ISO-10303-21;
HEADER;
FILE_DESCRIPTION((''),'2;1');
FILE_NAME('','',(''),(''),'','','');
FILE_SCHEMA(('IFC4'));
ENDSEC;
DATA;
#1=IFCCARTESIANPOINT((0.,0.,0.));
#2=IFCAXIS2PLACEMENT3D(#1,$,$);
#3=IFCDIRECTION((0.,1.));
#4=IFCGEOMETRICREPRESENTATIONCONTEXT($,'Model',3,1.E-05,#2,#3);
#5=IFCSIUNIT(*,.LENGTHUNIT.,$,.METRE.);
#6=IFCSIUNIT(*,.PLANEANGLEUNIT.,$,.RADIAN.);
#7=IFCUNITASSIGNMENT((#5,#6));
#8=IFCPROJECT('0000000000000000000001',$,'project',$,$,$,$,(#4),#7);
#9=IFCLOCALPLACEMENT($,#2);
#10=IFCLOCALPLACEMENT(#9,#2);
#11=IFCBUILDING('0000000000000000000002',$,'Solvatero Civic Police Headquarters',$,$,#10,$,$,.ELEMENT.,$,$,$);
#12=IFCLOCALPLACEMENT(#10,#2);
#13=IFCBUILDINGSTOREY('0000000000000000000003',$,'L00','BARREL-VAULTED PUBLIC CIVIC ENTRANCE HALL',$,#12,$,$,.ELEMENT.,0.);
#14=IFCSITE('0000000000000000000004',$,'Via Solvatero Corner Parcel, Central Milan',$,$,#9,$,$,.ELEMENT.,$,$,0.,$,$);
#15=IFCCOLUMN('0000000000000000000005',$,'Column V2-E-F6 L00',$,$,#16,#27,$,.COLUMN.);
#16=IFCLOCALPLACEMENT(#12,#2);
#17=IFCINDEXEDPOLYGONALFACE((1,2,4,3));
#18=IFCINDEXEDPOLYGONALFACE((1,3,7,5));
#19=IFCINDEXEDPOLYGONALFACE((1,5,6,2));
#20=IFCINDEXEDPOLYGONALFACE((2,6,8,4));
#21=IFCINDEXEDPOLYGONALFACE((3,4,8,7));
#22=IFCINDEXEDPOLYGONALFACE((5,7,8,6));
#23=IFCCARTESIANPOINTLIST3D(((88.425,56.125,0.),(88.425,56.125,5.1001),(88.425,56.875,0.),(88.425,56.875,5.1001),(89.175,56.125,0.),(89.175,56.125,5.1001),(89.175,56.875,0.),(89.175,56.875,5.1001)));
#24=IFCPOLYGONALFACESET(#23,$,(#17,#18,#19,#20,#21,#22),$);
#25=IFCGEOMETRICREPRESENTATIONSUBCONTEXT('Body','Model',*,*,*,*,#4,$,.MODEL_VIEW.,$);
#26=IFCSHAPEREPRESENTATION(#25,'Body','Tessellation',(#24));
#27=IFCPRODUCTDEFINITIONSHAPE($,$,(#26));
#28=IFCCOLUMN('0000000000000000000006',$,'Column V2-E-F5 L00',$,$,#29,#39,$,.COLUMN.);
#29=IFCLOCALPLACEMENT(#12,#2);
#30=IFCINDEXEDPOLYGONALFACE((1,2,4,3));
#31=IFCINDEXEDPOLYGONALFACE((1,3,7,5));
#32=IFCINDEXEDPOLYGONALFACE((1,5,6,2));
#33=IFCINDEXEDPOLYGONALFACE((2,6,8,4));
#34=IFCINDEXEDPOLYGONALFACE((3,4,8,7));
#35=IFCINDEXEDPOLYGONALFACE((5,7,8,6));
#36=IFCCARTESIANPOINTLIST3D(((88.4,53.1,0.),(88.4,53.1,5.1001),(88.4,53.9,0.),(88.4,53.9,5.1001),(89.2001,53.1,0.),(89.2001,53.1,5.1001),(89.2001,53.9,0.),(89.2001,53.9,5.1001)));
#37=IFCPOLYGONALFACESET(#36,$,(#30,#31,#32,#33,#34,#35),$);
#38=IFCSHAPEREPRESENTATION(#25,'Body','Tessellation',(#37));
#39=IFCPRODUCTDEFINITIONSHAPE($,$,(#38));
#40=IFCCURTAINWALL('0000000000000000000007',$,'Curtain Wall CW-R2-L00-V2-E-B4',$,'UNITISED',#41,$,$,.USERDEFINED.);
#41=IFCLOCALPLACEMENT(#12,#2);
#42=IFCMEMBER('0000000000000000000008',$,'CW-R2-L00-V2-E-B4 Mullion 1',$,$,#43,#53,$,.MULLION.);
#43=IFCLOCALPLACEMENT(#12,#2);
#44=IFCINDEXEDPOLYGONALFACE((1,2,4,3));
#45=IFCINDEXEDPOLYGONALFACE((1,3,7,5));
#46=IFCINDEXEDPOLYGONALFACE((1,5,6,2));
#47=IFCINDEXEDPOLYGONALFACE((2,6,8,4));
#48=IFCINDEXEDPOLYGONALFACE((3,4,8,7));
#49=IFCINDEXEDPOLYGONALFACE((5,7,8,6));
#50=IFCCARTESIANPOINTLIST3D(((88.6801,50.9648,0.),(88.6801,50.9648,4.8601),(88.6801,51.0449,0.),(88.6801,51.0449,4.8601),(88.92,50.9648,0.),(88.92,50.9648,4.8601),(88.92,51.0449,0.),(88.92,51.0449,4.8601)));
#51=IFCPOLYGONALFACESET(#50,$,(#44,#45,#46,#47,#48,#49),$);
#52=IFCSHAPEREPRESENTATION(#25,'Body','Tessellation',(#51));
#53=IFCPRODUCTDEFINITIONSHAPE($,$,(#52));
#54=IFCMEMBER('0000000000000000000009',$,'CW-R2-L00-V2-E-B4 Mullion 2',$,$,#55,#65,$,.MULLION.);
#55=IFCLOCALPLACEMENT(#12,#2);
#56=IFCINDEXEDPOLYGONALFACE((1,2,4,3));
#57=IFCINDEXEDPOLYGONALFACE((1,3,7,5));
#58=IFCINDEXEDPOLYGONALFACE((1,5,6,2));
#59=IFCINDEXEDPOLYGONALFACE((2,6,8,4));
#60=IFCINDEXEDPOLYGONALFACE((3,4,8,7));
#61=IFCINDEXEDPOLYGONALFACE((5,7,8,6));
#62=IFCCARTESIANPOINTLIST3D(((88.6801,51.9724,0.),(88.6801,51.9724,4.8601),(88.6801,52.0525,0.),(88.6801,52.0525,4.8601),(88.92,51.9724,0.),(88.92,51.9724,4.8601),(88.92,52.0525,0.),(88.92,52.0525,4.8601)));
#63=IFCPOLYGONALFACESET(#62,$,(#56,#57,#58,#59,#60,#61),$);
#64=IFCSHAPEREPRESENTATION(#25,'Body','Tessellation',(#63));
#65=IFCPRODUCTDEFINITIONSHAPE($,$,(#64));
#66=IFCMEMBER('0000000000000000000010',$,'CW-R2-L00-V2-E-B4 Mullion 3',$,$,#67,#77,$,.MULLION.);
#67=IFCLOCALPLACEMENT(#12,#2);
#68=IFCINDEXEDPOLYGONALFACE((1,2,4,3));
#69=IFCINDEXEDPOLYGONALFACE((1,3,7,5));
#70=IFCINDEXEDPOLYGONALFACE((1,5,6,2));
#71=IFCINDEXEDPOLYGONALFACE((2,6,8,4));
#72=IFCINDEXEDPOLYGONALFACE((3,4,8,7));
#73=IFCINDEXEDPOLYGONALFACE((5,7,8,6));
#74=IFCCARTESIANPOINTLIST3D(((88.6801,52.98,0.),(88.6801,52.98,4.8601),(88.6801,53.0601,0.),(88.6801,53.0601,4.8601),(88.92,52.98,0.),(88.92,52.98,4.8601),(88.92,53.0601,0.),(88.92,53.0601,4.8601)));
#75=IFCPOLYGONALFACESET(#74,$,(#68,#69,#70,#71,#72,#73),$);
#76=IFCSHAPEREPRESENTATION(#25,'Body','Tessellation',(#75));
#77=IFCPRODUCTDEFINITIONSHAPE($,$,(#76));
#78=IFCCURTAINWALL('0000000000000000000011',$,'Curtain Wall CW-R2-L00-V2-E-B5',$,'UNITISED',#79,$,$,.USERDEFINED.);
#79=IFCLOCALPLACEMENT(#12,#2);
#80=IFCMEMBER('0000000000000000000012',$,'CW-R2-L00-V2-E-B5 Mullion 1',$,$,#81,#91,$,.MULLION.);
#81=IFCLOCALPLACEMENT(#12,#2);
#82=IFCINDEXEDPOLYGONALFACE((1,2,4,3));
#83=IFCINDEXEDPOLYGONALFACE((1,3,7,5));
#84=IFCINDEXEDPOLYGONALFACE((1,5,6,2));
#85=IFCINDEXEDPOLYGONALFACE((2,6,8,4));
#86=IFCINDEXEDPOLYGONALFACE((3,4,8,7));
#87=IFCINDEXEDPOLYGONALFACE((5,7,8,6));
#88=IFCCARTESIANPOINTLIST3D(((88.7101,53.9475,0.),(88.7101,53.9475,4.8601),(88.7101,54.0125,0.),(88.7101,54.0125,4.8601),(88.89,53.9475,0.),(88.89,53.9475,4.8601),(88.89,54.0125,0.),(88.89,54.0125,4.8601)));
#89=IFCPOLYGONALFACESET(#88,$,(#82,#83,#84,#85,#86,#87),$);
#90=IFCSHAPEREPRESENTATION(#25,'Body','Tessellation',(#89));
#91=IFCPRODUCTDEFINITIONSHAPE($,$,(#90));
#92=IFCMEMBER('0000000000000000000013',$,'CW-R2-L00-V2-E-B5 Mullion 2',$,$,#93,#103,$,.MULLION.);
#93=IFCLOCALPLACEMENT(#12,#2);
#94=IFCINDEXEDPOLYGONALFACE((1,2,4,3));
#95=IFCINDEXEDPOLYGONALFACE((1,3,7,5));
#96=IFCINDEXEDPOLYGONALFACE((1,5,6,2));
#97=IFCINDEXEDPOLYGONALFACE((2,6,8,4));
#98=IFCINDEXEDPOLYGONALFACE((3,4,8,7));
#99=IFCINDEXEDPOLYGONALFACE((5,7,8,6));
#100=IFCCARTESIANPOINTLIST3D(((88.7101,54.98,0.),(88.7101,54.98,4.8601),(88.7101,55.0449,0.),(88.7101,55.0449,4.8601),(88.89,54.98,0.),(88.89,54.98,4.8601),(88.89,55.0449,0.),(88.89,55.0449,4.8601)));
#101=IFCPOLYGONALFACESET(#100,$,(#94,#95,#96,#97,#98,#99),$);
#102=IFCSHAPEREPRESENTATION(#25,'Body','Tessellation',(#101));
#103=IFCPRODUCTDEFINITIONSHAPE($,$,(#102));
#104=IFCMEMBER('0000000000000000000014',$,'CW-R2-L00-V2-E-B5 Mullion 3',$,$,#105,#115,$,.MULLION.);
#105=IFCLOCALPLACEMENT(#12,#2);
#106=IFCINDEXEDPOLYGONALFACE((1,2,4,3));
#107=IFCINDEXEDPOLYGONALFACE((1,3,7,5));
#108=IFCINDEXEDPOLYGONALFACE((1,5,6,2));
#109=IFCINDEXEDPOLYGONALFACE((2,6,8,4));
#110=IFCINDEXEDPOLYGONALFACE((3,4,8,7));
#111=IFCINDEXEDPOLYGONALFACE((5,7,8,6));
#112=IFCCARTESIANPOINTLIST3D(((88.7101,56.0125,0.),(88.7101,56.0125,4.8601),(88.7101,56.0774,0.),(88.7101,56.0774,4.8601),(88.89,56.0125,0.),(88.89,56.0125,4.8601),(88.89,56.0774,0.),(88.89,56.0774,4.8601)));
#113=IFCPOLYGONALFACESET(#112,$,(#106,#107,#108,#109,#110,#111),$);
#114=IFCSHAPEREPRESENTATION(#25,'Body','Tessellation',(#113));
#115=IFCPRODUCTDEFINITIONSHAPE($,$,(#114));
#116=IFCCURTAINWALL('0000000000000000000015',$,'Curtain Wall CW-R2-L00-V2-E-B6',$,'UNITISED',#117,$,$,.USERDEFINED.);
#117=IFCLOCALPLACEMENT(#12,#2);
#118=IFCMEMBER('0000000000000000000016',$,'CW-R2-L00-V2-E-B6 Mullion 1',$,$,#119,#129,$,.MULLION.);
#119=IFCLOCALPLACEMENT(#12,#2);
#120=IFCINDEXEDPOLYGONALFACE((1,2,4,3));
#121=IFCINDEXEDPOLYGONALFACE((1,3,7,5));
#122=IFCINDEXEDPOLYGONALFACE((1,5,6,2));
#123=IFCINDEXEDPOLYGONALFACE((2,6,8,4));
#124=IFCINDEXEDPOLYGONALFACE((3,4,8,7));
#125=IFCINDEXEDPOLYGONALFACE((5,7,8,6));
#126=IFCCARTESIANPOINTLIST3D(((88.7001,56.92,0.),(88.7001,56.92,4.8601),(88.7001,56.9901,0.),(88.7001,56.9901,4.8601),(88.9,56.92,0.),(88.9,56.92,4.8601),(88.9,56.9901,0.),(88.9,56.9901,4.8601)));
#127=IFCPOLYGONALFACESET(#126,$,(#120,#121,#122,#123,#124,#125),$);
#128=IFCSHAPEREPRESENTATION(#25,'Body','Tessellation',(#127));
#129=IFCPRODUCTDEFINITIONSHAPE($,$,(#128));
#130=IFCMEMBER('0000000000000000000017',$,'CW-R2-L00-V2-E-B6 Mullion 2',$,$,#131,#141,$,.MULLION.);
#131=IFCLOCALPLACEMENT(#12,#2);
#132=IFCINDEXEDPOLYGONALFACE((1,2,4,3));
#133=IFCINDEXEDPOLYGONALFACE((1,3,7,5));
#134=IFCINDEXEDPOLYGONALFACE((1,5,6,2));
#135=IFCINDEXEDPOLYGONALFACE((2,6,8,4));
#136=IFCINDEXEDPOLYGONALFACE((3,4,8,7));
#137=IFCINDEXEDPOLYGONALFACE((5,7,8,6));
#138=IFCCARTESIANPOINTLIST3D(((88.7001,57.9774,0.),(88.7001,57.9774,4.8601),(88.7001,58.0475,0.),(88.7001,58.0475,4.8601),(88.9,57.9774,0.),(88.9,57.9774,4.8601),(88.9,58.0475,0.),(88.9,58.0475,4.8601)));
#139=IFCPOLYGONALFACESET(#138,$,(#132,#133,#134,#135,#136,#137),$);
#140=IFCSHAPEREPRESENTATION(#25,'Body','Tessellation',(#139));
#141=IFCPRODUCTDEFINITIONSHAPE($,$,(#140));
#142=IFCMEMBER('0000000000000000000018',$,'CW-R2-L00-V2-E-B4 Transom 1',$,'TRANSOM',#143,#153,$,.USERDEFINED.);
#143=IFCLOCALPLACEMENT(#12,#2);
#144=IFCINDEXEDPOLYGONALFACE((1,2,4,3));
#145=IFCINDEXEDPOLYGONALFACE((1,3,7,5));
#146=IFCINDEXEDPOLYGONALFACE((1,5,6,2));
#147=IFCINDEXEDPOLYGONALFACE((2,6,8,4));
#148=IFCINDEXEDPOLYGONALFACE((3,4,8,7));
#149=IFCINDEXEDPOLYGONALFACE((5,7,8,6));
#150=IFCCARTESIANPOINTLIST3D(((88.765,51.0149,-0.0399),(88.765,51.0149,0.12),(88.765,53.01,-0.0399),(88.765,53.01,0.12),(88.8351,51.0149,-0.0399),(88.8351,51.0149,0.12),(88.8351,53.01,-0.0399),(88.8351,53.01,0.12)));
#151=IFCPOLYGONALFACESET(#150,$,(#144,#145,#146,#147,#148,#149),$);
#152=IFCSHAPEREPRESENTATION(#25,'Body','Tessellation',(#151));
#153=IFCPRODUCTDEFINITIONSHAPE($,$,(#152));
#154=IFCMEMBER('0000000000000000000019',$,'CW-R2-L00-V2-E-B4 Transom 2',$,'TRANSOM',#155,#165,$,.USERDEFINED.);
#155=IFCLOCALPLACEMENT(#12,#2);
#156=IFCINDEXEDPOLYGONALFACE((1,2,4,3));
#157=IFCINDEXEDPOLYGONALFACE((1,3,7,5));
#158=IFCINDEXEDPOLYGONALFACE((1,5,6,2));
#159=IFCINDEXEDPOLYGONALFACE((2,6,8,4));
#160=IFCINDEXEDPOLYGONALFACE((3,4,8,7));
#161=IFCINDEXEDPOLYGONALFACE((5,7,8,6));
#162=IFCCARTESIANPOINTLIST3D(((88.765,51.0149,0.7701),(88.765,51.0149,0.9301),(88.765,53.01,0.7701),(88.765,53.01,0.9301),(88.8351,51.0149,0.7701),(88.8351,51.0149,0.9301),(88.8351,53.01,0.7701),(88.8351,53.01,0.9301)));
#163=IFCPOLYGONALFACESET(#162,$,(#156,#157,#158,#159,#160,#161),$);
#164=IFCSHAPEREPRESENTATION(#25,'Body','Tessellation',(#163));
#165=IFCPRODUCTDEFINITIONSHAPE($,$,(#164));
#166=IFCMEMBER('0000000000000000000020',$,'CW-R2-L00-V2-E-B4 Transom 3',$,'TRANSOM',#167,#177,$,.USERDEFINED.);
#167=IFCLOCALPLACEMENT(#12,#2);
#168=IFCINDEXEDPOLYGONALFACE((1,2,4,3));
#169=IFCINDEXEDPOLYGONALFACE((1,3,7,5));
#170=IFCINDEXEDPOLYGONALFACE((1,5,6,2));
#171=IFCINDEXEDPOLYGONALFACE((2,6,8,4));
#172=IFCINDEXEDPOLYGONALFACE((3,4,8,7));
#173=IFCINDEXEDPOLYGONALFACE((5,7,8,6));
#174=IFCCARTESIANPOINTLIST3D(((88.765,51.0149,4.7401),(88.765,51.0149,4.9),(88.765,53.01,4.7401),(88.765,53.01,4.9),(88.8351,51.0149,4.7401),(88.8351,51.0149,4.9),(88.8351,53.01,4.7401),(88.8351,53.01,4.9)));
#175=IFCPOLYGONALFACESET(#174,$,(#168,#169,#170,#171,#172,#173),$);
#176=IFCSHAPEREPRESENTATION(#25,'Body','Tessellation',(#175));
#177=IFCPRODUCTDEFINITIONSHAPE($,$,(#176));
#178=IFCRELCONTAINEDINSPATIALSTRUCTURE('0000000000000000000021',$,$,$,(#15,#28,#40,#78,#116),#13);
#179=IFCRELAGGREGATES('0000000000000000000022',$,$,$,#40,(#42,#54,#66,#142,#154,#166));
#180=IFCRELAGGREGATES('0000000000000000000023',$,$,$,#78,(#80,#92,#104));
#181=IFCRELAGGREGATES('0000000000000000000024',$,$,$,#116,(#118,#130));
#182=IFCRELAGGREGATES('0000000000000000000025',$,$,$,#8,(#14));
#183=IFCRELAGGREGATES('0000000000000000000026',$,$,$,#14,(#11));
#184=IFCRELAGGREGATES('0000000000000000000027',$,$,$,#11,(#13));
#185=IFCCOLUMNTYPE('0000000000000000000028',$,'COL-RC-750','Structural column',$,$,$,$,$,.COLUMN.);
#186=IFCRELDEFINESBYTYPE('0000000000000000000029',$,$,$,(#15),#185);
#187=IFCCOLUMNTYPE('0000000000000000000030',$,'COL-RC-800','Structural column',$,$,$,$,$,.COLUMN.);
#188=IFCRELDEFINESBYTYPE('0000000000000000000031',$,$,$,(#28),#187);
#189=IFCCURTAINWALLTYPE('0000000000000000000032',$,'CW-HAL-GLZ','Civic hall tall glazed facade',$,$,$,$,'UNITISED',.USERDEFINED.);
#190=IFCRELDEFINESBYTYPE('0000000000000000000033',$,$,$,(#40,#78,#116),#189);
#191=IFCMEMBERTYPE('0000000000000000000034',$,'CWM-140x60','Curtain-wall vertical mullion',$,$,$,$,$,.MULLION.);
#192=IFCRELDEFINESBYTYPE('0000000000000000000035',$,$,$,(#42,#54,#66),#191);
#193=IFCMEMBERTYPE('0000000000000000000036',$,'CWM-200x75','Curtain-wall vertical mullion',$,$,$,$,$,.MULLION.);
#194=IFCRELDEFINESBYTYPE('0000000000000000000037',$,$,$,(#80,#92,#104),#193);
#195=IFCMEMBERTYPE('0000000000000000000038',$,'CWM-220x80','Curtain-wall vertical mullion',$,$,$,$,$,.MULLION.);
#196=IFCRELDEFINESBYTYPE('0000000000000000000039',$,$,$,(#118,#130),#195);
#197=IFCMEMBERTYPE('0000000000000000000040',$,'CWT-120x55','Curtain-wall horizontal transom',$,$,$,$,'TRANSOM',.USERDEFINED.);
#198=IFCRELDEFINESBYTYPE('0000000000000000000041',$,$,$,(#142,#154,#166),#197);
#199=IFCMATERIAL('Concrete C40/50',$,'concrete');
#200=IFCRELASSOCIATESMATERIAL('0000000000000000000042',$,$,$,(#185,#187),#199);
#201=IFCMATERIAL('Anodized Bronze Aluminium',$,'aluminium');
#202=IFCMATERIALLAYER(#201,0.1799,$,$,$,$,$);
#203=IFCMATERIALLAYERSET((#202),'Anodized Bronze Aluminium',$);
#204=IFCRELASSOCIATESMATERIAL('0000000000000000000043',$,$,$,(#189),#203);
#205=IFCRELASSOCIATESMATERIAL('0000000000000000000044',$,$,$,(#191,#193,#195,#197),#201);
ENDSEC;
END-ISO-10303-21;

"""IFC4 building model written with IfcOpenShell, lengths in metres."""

from ifc_helpers import new_model, si_unit, direction, frame, origin, origin_2d, place, context, subcontext, project, spatial, rectangle, extrude, material, layer, layer_set, material_profile, profile_set, type_object, element, aggregate, save


model = new_model("IFC4")

# Units and contexts
model_context = context("Model", 3, precision=1e-05, world=origin(), true_north=direction((0.0, 1.0)))
body_context = subcontext(model_context, "Body", "Model", "MODEL_VIEW")
ifc_project = project(units=[si_unit("LENGTHUNIT", "METRE"), si_unit("PLANEANGLEUNIT", "RADIAN")], contexts=[model_context])

# Site, building, storey
site_placement = place(None, origin())
site = spatial("IfcSite", under=ifc_project, at=site_placement, Name="Via Solvatero Corner Parcel, Central Milan", CompositionType="ELEMENT", RefElevation=0.0)
building_placement = place(site_placement, origin())
building = spatial("IfcBuilding", under=site, at=building_placement, Name="Solvatero Civic Police Headquarters", CompositionType="ELEMENT")
storey_placement = place(building_placement, origin())
storey = spatial("IfcBuildingStorey", under=building, at=storey_placement, Name="L00", Description="BARREL-VAULTED PUBLIC CIVIC ENTRANCE HALL", CompositionType="ELEMENT", Elevation=0.0)

# Columns
ifc_material_1 = material(Name="Concrete C40/50", Category="concrete")
ifc_material_profile_1 = material_profile(ifc_material_1, rectangle(XDim=0.75, YDim=0.75, at=origin_2d()), Name="RC 750x750")
ifc_profile_set_1 = profile_set([ifc_material_profile_1], Name="Concrete C40/50")
column_type_1 = type_object("IfcColumnType", Name="COL-RC-750", Description="Structural column", PredefinedType="COLUMN", material=ifc_profile_set_1)
column_1_placement = place(storey_placement, frame((88.8, 56.5, 0.0), z_axis=(0.0, 0.0, 1.0), x_axis=(1.0, 0.0, 0.0)))
element("IfcColumn", 1, at=column_1_placement, inside=storey, type_object=column_type_1, Name="Column V2-E-F6 L00", PredefinedType="COLUMN", context=body_context, shape_type="SweptSolid", body=[
    extrude(rectangle(XDim=0.75, YDim=0.75, at=origin_2d()), origin(), (0.0, 0.0, 1.0), 5.1001),
])
ifc_material_profile_2 = material_profile(ifc_material_1, rectangle(XDim=0.8, YDim=0.8, at=origin_2d()), Name="RC 800x800")
ifc_profile_set_2 = profile_set([ifc_material_profile_2], Name="Concrete C40/50")
column_type_2 = type_object("IfcColumnType", Name="COL-RC-800", Description="Structural column", PredefinedType="COLUMN", material=ifc_profile_set_2)
column_2_placement = place(storey_placement, frame((88.8, 53.5, 0.0), z_axis=(0.0, 0.0, 1.0), x_axis=(1.0, 0.0, 0.0)))
element("IfcColumn", 2, at=column_2_placement, inside=storey, type_object=column_type_2, Name="Column V2-E-F5 L00", PredefinedType="COLUMN", context=body_context, shape_type="SweptSolid", body=[
    extrude(rectangle(XDim=0.8, YDim=0.8, at=origin_2d()), origin(), (0.0, 0.0, 1.0), 5.1001),
])

# Curtain walls, members
ifc_material_2 = material(Name="Anodized Bronze Aluminium", Category="aluminium")
ifc_layer_1 = layer(ifc_material_2, 0.1799)
ifc_layer_set_1 = layer_set([ifc_layer_1], Name="Anodized Bronze Aluminium")
curtain_wall_type = type_object("IfcCurtainWallType", Name="CW-HAL-GLZ", Description="Civic hall tall glazed facade", ElementType="UNITISED", PredefinedType="USERDEFINED", material=ifc_layer_set_1)
curtain_wall_1_placement = place(storey_placement, origin())
curtain_wall_1 = element("IfcCurtainWall", 3, at=curtain_wall_1_placement, inside=storey, type_object=curtain_wall_type, Name="Curtain Wall CW-R2-L00-V2-E-B4", ObjectType="UNITISED", PredefinedType="USERDEFINED")
ifc_material_profile_3 = material_profile(ifc_material_2, rectangle(XDim=0.0801, YDim=0.24, at=origin_2d()), Name="ALU MULLION 80x240")
ifc_profile_set_3 = profile_set([ifc_material_profile_3], Name="Anodized Bronze Aluminium")
member_type_1 = type_object("IfcMemberType", Name="CWM-140x60", Description="Curtain-wall vertical mullion", PredefinedType="MULLION", material=ifc_profile_set_3)
member_1_placement = place(storey_placement, frame((88.8, 51.0049, 0.0), z_axis=(0.0, 0.0, 1.0), x_axis=(0.0, 1.0, 0.0)))
member_1 = element("IfcMember", 4, at=member_1_placement, type_object=member_type_1, Name="CW-R2-L00-V2-E-B4 Mullion 1", PredefinedType="MULLION", context=body_context, shape_type="SweptSolid", body=[
    extrude(rectangle(XDim=0.0801, YDim=0.24, at=origin_2d()), origin(), (0.0, 0.0, 1.0), 4.8601),
])
member_2_placement = place(storey_placement, frame((88.8, 52.0125, 0.0), z_axis=(0.0, 0.0, 1.0), x_axis=(0.0, 1.0, 0.0)))
member_2 = element("IfcMember", 5, at=member_2_placement, type_object=member_type_1, Name="CW-R2-L00-V2-E-B4 Mullion 2", PredefinedType="MULLION", context=body_context, shape_type="SweptSolid", body=[
    extrude(rectangle(XDim=0.0801, YDim=0.24, at=origin_2d()), origin(), (0.0, 0.0, 1.0), 4.8601),
])
member_3_placement = place(storey_placement, frame((88.8, 53.02, 0.0), z_axis=(0.0, 0.0, 1.0), x_axis=(0.0, 1.0, 0.0)))
member_3 = element("IfcMember", 6, at=member_3_placement, type_object=member_type_1, Name="CW-R2-L00-V2-E-B4 Mullion 3", PredefinedType="MULLION", context=body_context, shape_type="SweptSolid", body=[
    extrude(rectangle(XDim=0.0801, YDim=0.24, at=origin_2d()), origin(), (0.0, 0.0, 1.0), 4.8601),
])
curtain_wall_2_placement = place(storey_placement, origin())
curtain_wall_2 = element("IfcCurtainWall", 7, at=curtain_wall_2_placement, inside=storey, type_object=curtain_wall_type, Name="Curtain Wall CW-R2-L00-V2-E-B5", ObjectType="UNITISED", PredefinedType="USERDEFINED")
ifc_material_profile_4 = material_profile(ifc_material_2, rectangle(XDim=0.0649, YDim=0.1799, at=origin_2d()), Name="ALU MULLION 65x180")
ifc_profile_set_4 = profile_set([ifc_material_profile_4], Name="Anodized Bronze Aluminium")
member_type_2 = type_object("IfcMemberType", Name="CWM-200x75", Description="Curtain-wall vertical mullion", PredefinedType="MULLION", material=ifc_profile_set_4)
member_4_placement = place(storey_placement, frame((88.8, 53.98, 0.0), z_axis=(0.0, 0.0, 1.0), x_axis=(0.0, 1.0, 0.0)))
member_4 = element("IfcMember", 8, at=member_4_placement, type_object=member_type_2, Name="CW-R2-L00-V2-E-B5 Mullion 1", PredefinedType="MULLION", context=body_context, shape_type="SweptSolid", body=[
    extrude(rectangle(XDim=0.0649, YDim=0.1799, at=origin_2d()), origin(), (0.0, 0.0, 1.0), 4.8601),
])
member_5_placement = place(storey_placement, frame((88.8, 55.0125, 0.0), z_axis=(0.0, 0.0, 1.0), x_axis=(0.0, 1.0, 0.0)))
member_5 = element("IfcMember", 9, at=member_5_placement, type_object=member_type_2, Name="CW-R2-L00-V2-E-B5 Mullion 2", PredefinedType="MULLION", context=body_context, shape_type="SweptSolid", body=[
    extrude(rectangle(XDim=0.0649, YDim=0.1799, at=origin_2d()), origin(), (0.0, 0.0, 1.0), 4.8601),
])
member_6_placement = place(storey_placement, frame((88.8, 56.0449, 0.0), z_axis=(0.0, 0.0, 1.0), x_axis=(0.0, 1.0, 0.0)))
member_6 = element("IfcMember", 10, at=member_6_placement, type_object=member_type_2, Name="CW-R2-L00-V2-E-B5 Mullion 3", PredefinedType="MULLION", context=body_context, shape_type="SweptSolid", body=[
    extrude(rectangle(XDim=0.0649, YDim=0.1799, at=origin_2d()), origin(), (0.0, 0.0, 1.0), 4.8601),
])
curtain_wall_3_placement = place(storey_placement, origin())
curtain_wall_3 = element("IfcCurtainWall", 11, at=curtain_wall_3_placement, inside=storey, type_object=curtain_wall_type, Name="Curtain Wall CW-R2-L00-V2-E-B6", ObjectType="UNITISED", PredefinedType="USERDEFINED")
ifc_material_profile_5 = material_profile(ifc_material_2, rectangle(XDim=0.0701, YDim=0.2, at=origin_2d()), Name="ALU MULLION 70x200")
ifc_profile_set_5 = profile_set([ifc_material_profile_5], Name="Anodized Bronze Aluminium")
member_type_3 = type_object("IfcMemberType", Name="CWM-220x80", Description="Curtain-wall vertical mullion", PredefinedType="MULLION", material=ifc_profile_set_5)
member_7_placement = place(storey_placement, frame((88.8, 56.9551, 0.0), z_axis=(0.0, 0.0, 1.0), x_axis=(0.0, 1.0, 0.0)))
member_7 = element("IfcMember", 12, at=member_7_placement, type_object=member_type_3, Name="CW-R2-L00-V2-E-B6 Mullion 1", PredefinedType="MULLION", context=body_context, shape_type="SweptSolid", body=[
    extrude(rectangle(XDim=0.0701, YDim=0.2, at=origin_2d()), origin(), (0.0, 0.0, 1.0), 4.8601),
])
member_8_placement = place(storey_placement, frame((88.8, 58.0125, 0.0), z_axis=(0.0, 0.0, 1.0), x_axis=(0.0, 1.0, 0.0)))
member_8 = element("IfcMember", 13, at=member_8_placement, type_object=member_type_3, Name="CW-R2-L00-V2-E-B6 Mullion 2", PredefinedType="MULLION", context=body_context, shape_type="SweptSolid", body=[
    extrude(rectangle(XDim=0.0701, YDim=0.2, at=origin_2d()), origin(), (0.0, 0.0, 1.0), 4.8601),
])

# Members
ifc_material_profile_6 = material_profile(ifc_material_2, rectangle(XDim=0.0701, YDim=0.1599, at=origin_2d()), Name="ALU TRANSOM 70x160")
ifc_profile_set_6 = profile_set([ifc_material_profile_6], Name="Anodized Bronze Aluminium")
member_type_4 = type_object("IfcMemberType", Name="CWT-120x55", Description="Curtain-wall horizontal transom", ElementType="TRANSOM", PredefinedType="USERDEFINED", material=ifc_profile_set_6)
member_9_placement = place(storey_placement, frame((88.8, 51.0149, 0.04), z_axis=(0.0, 1.0, 0.0), x_axis=(-1.0, 0.0, 0.0)))
member_9 = element("IfcMember", 14, at=member_9_placement, type_object=member_type_4, Name="CW-R2-L00-V2-E-B4 Transom 1", ObjectType="TRANSOM", PredefinedType="USERDEFINED", context=body_context, shape_type="SweptSolid", body=[
    extrude(rectangle(XDim=0.0701, YDim=0.1599, at=origin_2d()), origin(), (0.0, 0.0, 1.0), 1.9951),
])
member_10_placement = place(storey_placement, frame((88.8, 51.0149, 0.8501), z_axis=(0.0, 1.0, 0.0), x_axis=(-1.0, 0.0, 0.0)))
member_10 = element("IfcMember", 15, at=member_10_placement, type_object=member_type_4, Name="CW-R2-L00-V2-E-B4 Transom 2", ObjectType="TRANSOM", PredefinedType="USERDEFINED", context=body_context, shape_type="SweptSolid", body=[
    extrude(rectangle(XDim=0.0701, YDim=0.1599, at=origin_2d()), origin(), (0.0, 0.0, 1.0), 1.9951),
])
member_11_placement = place(storey_placement, frame((88.8, 51.0149, 4.8201), z_axis=(0.0, 1.0, 0.0), x_axis=(-1.0, 0.0, 0.0)))
member_11 = element("IfcMember", 16, at=member_11_placement, type_object=member_type_4, Name="CW-R2-L00-V2-E-B4 Transom 3", ObjectType="TRANSOM", PredefinedType="USERDEFINED", context=body_context, shape_type="SweptSolid", body=[
    extrude(rectangle(XDim=0.0701, YDim=0.1599, at=origin_2d()), origin(), (0.0, 0.0, 1.0), 1.9951),
])

aggregate(curtain_wall_1, [member_1, member_2, member_3, member_9, member_10, member_11])
aggregate(curtain_wall_2, [member_4, member_5, member_6])
aggregate(curtain_wall_3, [member_7, member_8])

save(model, "model.ifc")
